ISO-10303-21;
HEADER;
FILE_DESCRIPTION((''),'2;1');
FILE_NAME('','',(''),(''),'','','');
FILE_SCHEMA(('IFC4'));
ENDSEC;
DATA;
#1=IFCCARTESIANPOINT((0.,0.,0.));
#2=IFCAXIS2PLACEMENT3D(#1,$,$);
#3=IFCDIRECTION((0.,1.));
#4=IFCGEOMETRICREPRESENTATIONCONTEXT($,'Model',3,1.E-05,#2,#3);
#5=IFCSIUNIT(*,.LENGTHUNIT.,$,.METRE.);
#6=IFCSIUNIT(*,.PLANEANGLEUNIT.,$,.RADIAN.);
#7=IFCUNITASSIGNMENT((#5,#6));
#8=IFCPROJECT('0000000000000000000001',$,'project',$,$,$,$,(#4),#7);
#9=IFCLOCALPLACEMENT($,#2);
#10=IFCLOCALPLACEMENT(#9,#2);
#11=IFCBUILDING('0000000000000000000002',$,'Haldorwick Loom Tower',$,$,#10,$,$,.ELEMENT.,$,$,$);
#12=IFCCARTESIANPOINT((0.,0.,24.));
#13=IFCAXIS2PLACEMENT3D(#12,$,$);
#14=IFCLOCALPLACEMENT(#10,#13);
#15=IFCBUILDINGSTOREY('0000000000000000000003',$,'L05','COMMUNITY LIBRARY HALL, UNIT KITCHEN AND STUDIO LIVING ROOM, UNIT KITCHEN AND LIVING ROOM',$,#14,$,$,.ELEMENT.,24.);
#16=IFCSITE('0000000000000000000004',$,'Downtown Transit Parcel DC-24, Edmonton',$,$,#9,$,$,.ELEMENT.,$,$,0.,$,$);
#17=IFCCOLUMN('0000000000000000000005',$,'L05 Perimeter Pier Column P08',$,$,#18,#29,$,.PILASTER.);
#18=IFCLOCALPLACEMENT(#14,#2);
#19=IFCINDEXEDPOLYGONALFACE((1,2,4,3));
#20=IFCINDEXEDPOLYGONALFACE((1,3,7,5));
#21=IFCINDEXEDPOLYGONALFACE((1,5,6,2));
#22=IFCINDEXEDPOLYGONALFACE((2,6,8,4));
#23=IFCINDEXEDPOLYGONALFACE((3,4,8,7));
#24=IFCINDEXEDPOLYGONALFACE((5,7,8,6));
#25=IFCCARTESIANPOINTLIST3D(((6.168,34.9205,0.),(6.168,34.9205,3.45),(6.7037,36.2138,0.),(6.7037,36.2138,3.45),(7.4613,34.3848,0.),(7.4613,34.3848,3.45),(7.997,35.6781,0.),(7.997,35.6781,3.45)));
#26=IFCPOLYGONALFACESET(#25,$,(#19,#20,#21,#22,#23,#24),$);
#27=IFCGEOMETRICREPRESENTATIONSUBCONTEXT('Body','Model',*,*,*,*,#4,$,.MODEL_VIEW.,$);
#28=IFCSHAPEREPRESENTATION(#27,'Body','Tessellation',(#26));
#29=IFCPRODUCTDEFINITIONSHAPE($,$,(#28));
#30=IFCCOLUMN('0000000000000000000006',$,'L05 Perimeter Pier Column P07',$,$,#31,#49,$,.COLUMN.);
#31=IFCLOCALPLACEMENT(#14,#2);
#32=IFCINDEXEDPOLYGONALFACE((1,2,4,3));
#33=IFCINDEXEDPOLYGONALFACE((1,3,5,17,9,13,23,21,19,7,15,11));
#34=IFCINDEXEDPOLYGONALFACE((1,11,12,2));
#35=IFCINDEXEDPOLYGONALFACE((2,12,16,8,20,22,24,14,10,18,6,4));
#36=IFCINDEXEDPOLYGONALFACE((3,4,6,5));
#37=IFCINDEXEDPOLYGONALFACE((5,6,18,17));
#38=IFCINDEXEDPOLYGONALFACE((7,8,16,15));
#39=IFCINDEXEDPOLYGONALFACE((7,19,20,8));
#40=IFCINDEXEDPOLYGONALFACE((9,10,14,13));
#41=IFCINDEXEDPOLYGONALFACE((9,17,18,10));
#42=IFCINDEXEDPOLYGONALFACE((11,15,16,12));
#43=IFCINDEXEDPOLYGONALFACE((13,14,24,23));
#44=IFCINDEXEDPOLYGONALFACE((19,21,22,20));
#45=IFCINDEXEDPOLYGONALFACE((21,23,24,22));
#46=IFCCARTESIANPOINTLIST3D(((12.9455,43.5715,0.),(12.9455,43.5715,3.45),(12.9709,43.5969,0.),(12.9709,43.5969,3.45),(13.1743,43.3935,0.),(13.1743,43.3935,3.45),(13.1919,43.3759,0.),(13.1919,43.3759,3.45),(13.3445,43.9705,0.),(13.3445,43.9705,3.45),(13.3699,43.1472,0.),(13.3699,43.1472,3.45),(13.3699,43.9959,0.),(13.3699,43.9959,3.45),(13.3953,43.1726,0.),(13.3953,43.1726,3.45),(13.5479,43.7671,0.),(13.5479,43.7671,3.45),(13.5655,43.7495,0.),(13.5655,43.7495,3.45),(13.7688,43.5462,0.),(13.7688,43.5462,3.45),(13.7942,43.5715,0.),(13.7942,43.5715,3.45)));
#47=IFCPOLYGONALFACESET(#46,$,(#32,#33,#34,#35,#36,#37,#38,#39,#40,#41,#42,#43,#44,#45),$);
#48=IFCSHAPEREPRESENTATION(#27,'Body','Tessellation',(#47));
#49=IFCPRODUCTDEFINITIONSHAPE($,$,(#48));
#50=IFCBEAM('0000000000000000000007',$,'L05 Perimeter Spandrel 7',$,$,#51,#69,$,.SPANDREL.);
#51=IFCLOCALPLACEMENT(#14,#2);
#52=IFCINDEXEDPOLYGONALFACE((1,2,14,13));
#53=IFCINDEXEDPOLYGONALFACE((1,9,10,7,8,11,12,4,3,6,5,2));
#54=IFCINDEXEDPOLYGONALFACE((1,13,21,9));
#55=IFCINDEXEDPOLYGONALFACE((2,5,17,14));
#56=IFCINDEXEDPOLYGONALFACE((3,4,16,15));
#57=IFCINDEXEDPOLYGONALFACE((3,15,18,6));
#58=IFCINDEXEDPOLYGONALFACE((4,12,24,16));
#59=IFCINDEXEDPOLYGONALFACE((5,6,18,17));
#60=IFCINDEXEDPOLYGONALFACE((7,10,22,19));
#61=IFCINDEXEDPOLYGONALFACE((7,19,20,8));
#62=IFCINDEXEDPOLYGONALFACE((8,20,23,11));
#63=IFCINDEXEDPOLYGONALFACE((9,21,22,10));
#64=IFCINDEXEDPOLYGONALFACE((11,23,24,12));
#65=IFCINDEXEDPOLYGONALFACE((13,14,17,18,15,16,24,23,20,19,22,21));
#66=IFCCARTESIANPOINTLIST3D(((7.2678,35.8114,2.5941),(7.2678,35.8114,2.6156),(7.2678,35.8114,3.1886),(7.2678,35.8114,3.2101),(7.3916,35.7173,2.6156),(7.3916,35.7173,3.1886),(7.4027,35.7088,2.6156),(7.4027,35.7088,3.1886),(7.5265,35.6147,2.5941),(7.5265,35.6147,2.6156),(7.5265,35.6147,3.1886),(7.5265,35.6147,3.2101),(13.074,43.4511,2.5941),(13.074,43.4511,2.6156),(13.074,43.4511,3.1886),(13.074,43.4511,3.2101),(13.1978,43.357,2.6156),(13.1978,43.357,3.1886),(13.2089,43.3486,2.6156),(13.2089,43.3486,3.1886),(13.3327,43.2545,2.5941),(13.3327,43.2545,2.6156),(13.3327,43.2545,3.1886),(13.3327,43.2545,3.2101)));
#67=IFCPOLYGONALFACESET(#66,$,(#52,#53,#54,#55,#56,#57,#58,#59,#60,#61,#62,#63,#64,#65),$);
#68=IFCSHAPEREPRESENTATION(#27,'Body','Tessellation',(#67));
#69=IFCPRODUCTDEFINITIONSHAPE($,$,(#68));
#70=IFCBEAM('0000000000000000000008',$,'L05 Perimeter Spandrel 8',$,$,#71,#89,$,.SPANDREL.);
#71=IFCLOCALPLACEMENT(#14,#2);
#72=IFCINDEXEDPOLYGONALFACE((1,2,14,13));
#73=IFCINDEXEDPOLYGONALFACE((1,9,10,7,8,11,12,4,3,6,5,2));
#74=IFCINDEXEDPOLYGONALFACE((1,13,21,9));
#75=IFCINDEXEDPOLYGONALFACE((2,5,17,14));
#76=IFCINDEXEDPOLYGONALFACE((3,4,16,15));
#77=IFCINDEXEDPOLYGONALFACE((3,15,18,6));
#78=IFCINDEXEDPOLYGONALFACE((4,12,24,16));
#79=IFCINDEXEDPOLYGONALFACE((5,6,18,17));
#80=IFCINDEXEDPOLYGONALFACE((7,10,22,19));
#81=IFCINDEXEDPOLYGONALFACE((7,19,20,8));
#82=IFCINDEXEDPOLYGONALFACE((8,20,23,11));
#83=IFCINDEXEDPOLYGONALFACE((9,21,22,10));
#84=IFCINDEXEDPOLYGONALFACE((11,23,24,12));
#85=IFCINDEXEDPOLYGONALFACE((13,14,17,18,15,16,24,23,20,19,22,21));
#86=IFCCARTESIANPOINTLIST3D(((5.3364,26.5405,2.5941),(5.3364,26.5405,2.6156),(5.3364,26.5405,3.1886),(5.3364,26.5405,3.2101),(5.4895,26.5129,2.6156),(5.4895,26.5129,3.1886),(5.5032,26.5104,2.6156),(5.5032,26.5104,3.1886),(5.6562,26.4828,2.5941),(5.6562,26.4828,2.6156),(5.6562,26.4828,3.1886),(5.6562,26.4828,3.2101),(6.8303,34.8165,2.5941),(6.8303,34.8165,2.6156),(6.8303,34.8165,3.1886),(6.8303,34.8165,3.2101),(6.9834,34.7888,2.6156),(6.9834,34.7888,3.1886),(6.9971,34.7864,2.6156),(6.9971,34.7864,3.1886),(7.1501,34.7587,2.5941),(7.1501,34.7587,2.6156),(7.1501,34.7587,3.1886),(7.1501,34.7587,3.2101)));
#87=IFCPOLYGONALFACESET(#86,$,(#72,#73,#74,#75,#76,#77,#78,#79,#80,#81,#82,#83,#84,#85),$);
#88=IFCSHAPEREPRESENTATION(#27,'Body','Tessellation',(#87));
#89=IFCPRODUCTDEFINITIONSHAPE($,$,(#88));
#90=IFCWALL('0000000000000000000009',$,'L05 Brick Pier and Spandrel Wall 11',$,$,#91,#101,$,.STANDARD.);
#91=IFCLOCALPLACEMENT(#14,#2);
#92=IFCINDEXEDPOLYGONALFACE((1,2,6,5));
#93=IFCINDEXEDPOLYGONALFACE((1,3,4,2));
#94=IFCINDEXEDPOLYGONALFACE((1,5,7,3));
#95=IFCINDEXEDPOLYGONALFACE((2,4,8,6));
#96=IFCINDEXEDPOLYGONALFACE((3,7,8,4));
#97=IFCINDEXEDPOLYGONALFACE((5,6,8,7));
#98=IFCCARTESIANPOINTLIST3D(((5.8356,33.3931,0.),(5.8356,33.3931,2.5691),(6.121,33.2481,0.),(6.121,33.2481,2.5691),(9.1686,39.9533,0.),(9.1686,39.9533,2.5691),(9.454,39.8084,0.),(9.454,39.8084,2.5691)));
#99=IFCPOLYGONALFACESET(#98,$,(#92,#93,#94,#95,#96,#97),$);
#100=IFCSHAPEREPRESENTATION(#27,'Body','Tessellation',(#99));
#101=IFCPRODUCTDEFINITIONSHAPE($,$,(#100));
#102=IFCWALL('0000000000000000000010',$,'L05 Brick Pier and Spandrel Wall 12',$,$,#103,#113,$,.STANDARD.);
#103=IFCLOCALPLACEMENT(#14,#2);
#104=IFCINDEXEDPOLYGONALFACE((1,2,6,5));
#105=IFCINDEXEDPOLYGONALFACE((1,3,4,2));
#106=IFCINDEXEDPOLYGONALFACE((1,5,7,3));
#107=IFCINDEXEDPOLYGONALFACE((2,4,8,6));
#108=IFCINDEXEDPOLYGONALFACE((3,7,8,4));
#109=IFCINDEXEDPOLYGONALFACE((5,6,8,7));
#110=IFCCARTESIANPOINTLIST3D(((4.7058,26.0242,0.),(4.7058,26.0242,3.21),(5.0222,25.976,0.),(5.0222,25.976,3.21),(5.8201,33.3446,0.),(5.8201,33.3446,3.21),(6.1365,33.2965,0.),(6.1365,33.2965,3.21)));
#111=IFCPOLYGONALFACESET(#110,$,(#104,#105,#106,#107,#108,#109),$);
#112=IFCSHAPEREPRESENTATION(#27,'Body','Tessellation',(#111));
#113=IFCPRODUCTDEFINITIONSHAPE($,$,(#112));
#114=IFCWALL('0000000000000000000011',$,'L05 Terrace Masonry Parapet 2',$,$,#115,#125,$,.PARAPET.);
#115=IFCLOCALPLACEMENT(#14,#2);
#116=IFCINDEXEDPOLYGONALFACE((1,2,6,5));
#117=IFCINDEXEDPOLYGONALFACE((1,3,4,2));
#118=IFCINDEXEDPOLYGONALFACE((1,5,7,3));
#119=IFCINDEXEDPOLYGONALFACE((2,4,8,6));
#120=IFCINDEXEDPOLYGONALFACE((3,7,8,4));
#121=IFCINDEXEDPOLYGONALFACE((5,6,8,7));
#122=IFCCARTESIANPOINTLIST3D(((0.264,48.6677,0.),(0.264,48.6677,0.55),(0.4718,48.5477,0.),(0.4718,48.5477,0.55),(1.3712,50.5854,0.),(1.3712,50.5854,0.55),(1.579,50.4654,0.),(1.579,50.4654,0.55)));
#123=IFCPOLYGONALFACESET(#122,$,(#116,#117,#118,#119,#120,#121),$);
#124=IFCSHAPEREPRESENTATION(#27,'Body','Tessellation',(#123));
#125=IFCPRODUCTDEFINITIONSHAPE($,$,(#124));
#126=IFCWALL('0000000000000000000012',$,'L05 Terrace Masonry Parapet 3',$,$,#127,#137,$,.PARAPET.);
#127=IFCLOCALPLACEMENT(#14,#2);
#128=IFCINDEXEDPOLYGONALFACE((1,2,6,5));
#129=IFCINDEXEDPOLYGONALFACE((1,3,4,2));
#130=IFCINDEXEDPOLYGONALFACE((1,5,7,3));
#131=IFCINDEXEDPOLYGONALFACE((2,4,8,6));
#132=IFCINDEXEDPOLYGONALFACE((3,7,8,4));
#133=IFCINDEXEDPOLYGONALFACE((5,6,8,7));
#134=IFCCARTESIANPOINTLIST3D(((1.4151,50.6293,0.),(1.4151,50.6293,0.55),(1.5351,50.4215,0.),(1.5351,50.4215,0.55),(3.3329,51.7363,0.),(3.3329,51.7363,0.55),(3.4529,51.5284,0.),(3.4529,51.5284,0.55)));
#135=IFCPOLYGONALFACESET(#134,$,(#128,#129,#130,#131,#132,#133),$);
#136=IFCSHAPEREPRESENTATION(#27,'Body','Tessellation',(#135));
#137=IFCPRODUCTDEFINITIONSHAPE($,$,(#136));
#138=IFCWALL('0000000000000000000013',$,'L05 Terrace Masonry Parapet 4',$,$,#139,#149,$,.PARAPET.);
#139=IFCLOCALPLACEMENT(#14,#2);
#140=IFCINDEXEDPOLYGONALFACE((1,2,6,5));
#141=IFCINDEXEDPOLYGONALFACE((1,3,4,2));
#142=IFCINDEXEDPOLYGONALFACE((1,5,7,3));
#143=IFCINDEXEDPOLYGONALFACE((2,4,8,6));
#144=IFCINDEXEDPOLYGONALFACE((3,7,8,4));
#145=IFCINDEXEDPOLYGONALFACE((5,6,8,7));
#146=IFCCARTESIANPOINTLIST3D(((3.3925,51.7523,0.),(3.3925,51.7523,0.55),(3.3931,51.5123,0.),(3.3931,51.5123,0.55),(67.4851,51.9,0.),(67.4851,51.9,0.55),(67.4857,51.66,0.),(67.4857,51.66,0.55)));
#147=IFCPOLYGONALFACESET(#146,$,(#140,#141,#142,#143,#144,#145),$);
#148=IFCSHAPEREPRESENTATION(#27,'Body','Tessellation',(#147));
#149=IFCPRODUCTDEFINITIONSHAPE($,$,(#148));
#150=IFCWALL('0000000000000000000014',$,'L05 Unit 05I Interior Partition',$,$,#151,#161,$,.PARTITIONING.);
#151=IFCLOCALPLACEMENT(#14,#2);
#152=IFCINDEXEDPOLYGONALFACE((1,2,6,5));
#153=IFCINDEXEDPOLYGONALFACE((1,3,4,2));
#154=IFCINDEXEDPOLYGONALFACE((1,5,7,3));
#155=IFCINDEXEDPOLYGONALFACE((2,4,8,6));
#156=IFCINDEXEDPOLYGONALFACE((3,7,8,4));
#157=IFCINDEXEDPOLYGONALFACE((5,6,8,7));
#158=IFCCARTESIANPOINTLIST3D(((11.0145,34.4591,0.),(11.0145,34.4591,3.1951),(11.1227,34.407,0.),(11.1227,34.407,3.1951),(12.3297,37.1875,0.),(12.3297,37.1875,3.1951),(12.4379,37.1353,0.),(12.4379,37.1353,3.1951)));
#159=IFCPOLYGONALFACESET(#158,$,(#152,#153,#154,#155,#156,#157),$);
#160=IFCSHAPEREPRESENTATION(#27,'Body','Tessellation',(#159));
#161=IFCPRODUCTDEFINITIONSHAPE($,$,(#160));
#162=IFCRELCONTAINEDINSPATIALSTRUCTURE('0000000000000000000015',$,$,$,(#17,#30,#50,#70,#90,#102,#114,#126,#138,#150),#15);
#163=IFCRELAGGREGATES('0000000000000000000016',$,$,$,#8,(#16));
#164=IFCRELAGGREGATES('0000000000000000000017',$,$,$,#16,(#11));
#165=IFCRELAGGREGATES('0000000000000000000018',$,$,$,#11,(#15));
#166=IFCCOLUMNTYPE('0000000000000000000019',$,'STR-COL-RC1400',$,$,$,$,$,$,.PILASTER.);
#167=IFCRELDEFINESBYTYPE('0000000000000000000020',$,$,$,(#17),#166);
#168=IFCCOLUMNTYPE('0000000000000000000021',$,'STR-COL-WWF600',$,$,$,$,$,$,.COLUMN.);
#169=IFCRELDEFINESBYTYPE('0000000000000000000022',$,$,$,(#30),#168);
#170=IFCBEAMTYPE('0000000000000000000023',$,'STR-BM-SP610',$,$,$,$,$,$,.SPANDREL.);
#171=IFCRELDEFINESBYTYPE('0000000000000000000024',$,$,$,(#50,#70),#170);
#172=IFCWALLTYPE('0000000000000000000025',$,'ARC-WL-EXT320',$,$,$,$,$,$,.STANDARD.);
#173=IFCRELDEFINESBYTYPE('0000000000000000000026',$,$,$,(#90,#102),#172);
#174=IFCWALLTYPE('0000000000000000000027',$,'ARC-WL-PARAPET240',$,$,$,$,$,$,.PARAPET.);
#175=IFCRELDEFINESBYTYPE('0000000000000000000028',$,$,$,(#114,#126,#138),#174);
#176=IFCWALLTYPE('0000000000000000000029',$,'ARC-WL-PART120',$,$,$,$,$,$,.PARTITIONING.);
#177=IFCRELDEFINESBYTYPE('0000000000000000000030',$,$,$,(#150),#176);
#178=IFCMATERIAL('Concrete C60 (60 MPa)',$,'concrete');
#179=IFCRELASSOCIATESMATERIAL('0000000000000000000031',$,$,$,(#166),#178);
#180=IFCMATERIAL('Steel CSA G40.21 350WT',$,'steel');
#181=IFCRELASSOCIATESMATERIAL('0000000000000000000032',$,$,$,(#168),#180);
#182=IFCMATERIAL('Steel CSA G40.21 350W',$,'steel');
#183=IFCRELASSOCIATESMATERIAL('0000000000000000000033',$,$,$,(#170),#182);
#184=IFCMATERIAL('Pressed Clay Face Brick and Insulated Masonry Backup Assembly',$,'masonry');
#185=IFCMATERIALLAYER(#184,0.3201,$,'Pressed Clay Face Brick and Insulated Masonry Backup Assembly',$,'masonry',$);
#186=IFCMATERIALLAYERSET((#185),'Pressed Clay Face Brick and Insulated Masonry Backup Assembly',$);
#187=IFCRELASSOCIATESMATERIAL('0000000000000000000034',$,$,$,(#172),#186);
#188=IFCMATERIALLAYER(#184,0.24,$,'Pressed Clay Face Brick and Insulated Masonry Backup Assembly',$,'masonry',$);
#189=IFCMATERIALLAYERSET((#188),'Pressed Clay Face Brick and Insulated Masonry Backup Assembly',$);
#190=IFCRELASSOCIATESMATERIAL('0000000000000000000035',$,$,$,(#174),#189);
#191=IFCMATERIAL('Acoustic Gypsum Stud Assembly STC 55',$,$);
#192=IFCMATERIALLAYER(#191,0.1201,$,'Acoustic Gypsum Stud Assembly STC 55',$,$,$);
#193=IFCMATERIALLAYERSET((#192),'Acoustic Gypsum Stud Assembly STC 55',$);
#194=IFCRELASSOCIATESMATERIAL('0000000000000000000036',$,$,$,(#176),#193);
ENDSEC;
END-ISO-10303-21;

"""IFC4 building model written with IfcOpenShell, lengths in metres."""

from ifc_helpers import new_model, si_unit, direction, frame, frame_2d, origin, origin_2d, place, context, subcontext, project, spatial, rectangle, i_section, extrude, material, layer, layer_set, material_profile, profile_set, type_object, element, save


model = new_model("IFC4")

# Units and contexts
model_context = context("Model", 3, precision=1e-05, world=origin(), true_north=direction((0.0, 1.0)))
body_context = subcontext(model_context, "Body", "Model", "MODEL_VIEW")
ifc_project = project(units=[si_unit("LENGTHUNIT", "METRE"), si_unit("PLANEANGLEUNIT", "RADIAN")], contexts=[model_context])

# Site, building, storey
site_placement = place(None, origin())
site = spatial("IfcSite", under=ifc_project, at=site_placement, Name="Downtown Transit Parcel DC-24, Edmonton", CompositionType="ELEMENT", RefElevation=0.0)
building_placement = place(site_placement, origin())
building = spatial("IfcBuilding", under=site, at=building_placement, Name="Haldorwick Loom Tower", CompositionType="ELEMENT")
storey_placement = place(building_placement, frame((0.0, 0.0, 24.0)))
storey = spatial("IfcBuildingStorey", under=building, at=storey_placement, Name="L05", Description="COMMUNITY LIBRARY HALL, UNIT KITCHEN AND STUDIO LIVING ROOM, UNIT KITCHEN AND LIVING ROOM", CompositionType="ELEMENT", Elevation=24.0)

# Columns
ifc_material_1 = material(Name="Concrete C60 (60 MPa)", Category="concrete")
ifc_material_profile_1 = material_profile(ifc_material_1, rectangle(XDim=1.3999, YDim=1.3999, at=origin_2d()), Name="RC1400X1400", Category="concrete")
ifc_profile_set_1 = profile_set([ifc_material_profile_1], Name="Concrete C60 (60 MPa)")
column_type_1 = type_object("IfcColumnType", Name="STR-COL-RC1400", PredefinedType="PILASTER", material=ifc_profile_set_1)
column_1_placement = place(storey_placement, frame((7.0825, 35.2993, 0.0), z_axis=(0.0, 0.0, 1.0), x_axis=(-0.92388, 0.382683, 0.0)))
element("IfcColumn", 1, at=column_1_placement, inside=storey, type_object=column_type_1, Name="L05 Perimeter Pier Column P08", PredefinedType="PILASTER", context=body_context, shape_type="SweptSolid", body=[
    extrude(rectangle(XDim=1.3999, YDim=1.3999, at=origin_2d()), origin(), (0.0, 0.0, 1.0), 3.45),
])
ifc_material_2 = material(Name="Steel CSA G40.21 350WT", Category="steel")
ifc_material_profile_2 = material_profile(ifc_material_2, i_section(OverallWidth=0.6001, OverallDepth=0.6001, WebThickness=0.0249, FlangeThickness=0.0359, at=origin_2d()), Name="WWF600X600", Category="steel")
ifc_profile_set_2 = profile_set([ifc_material_profile_2], Name="Steel CSA G40.21 350WT")
column_type_2 = type_object("IfcColumnType", Name="STR-COL-WWF600", PredefinedType="COLUMN", material=ifc_profile_set_2)
column_2_placement = place(storey_placement, frame((13.3699, 43.5715, 0.0), z_axis=(0.0, 0.0, 1.0), x_axis=(-0.707107, 0.707107, 0.0)))
element("IfcColumn", 2, at=column_2_placement, inside=storey, type_object=column_type_2, Name="L05 Perimeter Pier Column P07", PredefinedType="COLUMN", context=body_context, shape_type="SweptSolid", body=[
    extrude(i_section(OverallWidth=0.6001, OverallDepth=0.6001, WebThickness=0.0249, FlangeThickness=0.0359, at=origin_2d()), origin(), (0.0, 0.0, 1.0), 3.45),
])

# Beams
ifc_material_3 = material(Name="Steel CSA G40.21 350W", Category="steel")
ifc_material_profile_3 = material_profile(ifc_material_3, i_section(OverallWidth=0.325, OverallDepth=0.616, WebThickness=0.0139, FlangeThickness=0.0215, at=origin_2d()), Name="W610X174", Category="steel")
ifc_profile_set_3 = profile_set([ifc_material_profile_3], Name="Steel CSA G40.21 350W")
beam_type = type_object("IfcBeamType", Name="STR-BM-SP610", PredefinedType="SPANDREL", material=ifc_profile_set_3)
beam_1_placement = place(storey_placement, frame((13.2034, 43.3528, 2.9021), z_axis=(-0.605085, -0.796161, 0.0), x_axis=(0.796161, -0.605085, 0.0)))
element("IfcBeam", 3, at=beam_1_placement, inside=storey, type_object=beam_type, Name="L05 Perimeter Spandrel 7", PredefinedType="SPANDREL", context=body_context, shape_type="SweptSolid", body=[
    extrude(i_section(OverallWidth=0.325, OverallDepth=0.616, WebThickness=0.0139, FlangeThickness=0.0215, at=origin_2d()), origin(), (0.0, 0.0, 1.0), 9.5957),
])
beam_2_placement = place(storey_placement, frame((6.9902, 34.7876, 2.9021), z_axis=(-0.177641, -0.984095, 0.0), x_axis=(0.984095, -0.177641, 0.0)))
element("IfcBeam", 4, at=beam_2_placement, inside=storey, type_object=beam_type, Name="L05 Perimeter Spandrel 8", PredefinedType="SPANDREL", context=body_context, shape_type="SweptSolid", body=[
    extrude(i_section(OverallWidth=0.325, OverallDepth=0.616, WebThickness=0.0139, FlangeThickness=0.0215, at=origin_2d()), origin(), (0.0, 0.0, 1.0), 8.4097),
])

# Walls
ifc_material_4 = material(Name="Pressed Clay Face Brick and Insulated Masonry Backup Assembly", Category="masonry")
ifc_layer_1 = layer(ifc_material_4, 0.3201, Name="Pressed Clay Face Brick and Insulated Masonry Backup Assembly", Category="masonry")
ifc_layer_set_1 = layer_set([ifc_layer_1], Name="Pressed Clay Face Brick and Insulated Masonry Backup Assembly")
wall_type_1 = type_object("IfcWallType", Name="ARC-WL-EXT320", PredefinedType="STANDARD", material=ifc_layer_set_1)
wall_1_placement = place(storey_placement, frame((9.3113, 39.8809, 0.0), z_axis=(0.0, 0.0, 1.0), x_axis=(-0.452951, -0.891535, 0.0)))
element("IfcWall", 5, at=wall_1_placement, inside=storey, type_object=wall_type_1, Name="L05 Brick Pier and Spandrel Wall 11", PredefinedType="STANDARD", context=body_context, shape_type="SweptSolid", body=[
    extrude(rectangle(XDim=7.3584, YDim=0.3201, at=frame_2d((3.6792, 0.0))), origin(), (0.0, 0.0, 1.0), 2.5691),
])
wall_2_placement = place(storey_placement, frame((5.9783, 33.3206, 0.0), z_axis=(0.0, 0.0, 1.0), x_axis=(-0.150476, -0.988614, 0.0)))
element("IfcWall", 6, at=wall_2_placement, inside=storey, type_object=wall_type_1, Name="L05 Brick Pier and Spandrel Wall 12", PredefinedType="STANDARD", context=body_context, shape_type="SweptSolid", body=[
    extrude(rectangle(XDim=7.4048, YDim=0.3201, at=frame_2d((3.7024, 0.0))), origin(), (0.0, 0.0, 1.0), 3.21),
])
ifc_layer_2 = layer(ifc_material_4, 0.24, Name="Pressed Clay Face Brick and Insulated Masonry Backup Assembly", Category="masonry")
ifc_layer_set_2 = layer_set([ifc_layer_2], Name="Pressed Clay Face Brick and Insulated Masonry Backup Assembly")
wall_type_2 = type_object("IfcWallType", Name="ARC-WL-PARAPET240", PredefinedType="PARAPET", material=ifc_layer_set_2)
for number, where, z_axis, x_axis, name in (
    (7, (0.3679, 48.6077, 0.0), (0.0, 0.0, 1.0), (0.499993, 0.86603, 0.0), "L05 Terrace Masonry Parapet 2"),
    (8, (1.4751, 50.5254, 0.0), (0.0, 0.0, 1.0), (0.866077, 0.49991, 0.0), "L05 Terrace Masonry Parapet 3"),
):
    element("IfcWall", number, at=place(storey_placement, frame(where, z_axis=z_axis, x_axis=x_axis)), inside=storey, type_object=wall_type_2, Name=name, PredefinedType="PARAPET", context=body_context, shape_type="SweptSolid", body=[
        extrude(rectangle(XDim=2.2144, YDim=0.24, at=frame_2d((1.1072, 0.0))), origin(), (0.0, 0.0, 1.0), 0.55),
    ])
wall_3_placement = place(storey_placement, frame((3.3928, 51.6323, 0.0), z_axis=(0.0, 0.0, 1.0), x_axis=(0.999997, 0.002305, 0.0)))
element("IfcWall", 9, at=wall_3_placement, inside=storey, type_object=wall_type_2, Name="L05 Terrace Masonry Parapet 4", PredefinedType="PARAPET", context=body_context, shape_type="SweptSolid", body=[
    extrude(rectangle(XDim=64.0928, YDim=0.24, at=frame_2d((32.0464, 0.0))), origin(), (0.0, 0.0, 1.0), 0.55),
])
ifc_material_5 = material(Name="Acoustic Gypsum Stud Assembly STC 55")
ifc_layer_3 = layer(ifc_material_5, 0.1201, Name="Acoustic Gypsum Stud Assembly STC 55")
ifc_layer_set_3 = layer_set([ifc_layer_3], Name="Acoustic Gypsum Stud Assembly STC 55")
wall_type_3 = type_object("IfcWallType", Name="ARC-WL-PART120", PredefinedType="PARTITIONING", material=ifc_layer_set_3)
wall_4_placement = place(storey_placement, frame((12.3838, 37.1614, 0.0), z_axis=(0.0, 0.0, 1.0), x_axis=(-0.434237, -0.900799, 0.0)))
element("IfcWall", 10, at=wall_4_placement, inside=storey, type_object=wall_type_3, Name="L05 Unit 05I Interior Partition", PredefinedType="PARTITIONING", context=body_context, shape_type="SweptSolid", body=[
    extrude(rectangle(XDim=3.0288, YDim=0.1201, at=frame_2d((1.5144, 0.0))), origin(), (0.0, 0.0, 1.0), 3.1951),
])

save(model, "model.ifc")
